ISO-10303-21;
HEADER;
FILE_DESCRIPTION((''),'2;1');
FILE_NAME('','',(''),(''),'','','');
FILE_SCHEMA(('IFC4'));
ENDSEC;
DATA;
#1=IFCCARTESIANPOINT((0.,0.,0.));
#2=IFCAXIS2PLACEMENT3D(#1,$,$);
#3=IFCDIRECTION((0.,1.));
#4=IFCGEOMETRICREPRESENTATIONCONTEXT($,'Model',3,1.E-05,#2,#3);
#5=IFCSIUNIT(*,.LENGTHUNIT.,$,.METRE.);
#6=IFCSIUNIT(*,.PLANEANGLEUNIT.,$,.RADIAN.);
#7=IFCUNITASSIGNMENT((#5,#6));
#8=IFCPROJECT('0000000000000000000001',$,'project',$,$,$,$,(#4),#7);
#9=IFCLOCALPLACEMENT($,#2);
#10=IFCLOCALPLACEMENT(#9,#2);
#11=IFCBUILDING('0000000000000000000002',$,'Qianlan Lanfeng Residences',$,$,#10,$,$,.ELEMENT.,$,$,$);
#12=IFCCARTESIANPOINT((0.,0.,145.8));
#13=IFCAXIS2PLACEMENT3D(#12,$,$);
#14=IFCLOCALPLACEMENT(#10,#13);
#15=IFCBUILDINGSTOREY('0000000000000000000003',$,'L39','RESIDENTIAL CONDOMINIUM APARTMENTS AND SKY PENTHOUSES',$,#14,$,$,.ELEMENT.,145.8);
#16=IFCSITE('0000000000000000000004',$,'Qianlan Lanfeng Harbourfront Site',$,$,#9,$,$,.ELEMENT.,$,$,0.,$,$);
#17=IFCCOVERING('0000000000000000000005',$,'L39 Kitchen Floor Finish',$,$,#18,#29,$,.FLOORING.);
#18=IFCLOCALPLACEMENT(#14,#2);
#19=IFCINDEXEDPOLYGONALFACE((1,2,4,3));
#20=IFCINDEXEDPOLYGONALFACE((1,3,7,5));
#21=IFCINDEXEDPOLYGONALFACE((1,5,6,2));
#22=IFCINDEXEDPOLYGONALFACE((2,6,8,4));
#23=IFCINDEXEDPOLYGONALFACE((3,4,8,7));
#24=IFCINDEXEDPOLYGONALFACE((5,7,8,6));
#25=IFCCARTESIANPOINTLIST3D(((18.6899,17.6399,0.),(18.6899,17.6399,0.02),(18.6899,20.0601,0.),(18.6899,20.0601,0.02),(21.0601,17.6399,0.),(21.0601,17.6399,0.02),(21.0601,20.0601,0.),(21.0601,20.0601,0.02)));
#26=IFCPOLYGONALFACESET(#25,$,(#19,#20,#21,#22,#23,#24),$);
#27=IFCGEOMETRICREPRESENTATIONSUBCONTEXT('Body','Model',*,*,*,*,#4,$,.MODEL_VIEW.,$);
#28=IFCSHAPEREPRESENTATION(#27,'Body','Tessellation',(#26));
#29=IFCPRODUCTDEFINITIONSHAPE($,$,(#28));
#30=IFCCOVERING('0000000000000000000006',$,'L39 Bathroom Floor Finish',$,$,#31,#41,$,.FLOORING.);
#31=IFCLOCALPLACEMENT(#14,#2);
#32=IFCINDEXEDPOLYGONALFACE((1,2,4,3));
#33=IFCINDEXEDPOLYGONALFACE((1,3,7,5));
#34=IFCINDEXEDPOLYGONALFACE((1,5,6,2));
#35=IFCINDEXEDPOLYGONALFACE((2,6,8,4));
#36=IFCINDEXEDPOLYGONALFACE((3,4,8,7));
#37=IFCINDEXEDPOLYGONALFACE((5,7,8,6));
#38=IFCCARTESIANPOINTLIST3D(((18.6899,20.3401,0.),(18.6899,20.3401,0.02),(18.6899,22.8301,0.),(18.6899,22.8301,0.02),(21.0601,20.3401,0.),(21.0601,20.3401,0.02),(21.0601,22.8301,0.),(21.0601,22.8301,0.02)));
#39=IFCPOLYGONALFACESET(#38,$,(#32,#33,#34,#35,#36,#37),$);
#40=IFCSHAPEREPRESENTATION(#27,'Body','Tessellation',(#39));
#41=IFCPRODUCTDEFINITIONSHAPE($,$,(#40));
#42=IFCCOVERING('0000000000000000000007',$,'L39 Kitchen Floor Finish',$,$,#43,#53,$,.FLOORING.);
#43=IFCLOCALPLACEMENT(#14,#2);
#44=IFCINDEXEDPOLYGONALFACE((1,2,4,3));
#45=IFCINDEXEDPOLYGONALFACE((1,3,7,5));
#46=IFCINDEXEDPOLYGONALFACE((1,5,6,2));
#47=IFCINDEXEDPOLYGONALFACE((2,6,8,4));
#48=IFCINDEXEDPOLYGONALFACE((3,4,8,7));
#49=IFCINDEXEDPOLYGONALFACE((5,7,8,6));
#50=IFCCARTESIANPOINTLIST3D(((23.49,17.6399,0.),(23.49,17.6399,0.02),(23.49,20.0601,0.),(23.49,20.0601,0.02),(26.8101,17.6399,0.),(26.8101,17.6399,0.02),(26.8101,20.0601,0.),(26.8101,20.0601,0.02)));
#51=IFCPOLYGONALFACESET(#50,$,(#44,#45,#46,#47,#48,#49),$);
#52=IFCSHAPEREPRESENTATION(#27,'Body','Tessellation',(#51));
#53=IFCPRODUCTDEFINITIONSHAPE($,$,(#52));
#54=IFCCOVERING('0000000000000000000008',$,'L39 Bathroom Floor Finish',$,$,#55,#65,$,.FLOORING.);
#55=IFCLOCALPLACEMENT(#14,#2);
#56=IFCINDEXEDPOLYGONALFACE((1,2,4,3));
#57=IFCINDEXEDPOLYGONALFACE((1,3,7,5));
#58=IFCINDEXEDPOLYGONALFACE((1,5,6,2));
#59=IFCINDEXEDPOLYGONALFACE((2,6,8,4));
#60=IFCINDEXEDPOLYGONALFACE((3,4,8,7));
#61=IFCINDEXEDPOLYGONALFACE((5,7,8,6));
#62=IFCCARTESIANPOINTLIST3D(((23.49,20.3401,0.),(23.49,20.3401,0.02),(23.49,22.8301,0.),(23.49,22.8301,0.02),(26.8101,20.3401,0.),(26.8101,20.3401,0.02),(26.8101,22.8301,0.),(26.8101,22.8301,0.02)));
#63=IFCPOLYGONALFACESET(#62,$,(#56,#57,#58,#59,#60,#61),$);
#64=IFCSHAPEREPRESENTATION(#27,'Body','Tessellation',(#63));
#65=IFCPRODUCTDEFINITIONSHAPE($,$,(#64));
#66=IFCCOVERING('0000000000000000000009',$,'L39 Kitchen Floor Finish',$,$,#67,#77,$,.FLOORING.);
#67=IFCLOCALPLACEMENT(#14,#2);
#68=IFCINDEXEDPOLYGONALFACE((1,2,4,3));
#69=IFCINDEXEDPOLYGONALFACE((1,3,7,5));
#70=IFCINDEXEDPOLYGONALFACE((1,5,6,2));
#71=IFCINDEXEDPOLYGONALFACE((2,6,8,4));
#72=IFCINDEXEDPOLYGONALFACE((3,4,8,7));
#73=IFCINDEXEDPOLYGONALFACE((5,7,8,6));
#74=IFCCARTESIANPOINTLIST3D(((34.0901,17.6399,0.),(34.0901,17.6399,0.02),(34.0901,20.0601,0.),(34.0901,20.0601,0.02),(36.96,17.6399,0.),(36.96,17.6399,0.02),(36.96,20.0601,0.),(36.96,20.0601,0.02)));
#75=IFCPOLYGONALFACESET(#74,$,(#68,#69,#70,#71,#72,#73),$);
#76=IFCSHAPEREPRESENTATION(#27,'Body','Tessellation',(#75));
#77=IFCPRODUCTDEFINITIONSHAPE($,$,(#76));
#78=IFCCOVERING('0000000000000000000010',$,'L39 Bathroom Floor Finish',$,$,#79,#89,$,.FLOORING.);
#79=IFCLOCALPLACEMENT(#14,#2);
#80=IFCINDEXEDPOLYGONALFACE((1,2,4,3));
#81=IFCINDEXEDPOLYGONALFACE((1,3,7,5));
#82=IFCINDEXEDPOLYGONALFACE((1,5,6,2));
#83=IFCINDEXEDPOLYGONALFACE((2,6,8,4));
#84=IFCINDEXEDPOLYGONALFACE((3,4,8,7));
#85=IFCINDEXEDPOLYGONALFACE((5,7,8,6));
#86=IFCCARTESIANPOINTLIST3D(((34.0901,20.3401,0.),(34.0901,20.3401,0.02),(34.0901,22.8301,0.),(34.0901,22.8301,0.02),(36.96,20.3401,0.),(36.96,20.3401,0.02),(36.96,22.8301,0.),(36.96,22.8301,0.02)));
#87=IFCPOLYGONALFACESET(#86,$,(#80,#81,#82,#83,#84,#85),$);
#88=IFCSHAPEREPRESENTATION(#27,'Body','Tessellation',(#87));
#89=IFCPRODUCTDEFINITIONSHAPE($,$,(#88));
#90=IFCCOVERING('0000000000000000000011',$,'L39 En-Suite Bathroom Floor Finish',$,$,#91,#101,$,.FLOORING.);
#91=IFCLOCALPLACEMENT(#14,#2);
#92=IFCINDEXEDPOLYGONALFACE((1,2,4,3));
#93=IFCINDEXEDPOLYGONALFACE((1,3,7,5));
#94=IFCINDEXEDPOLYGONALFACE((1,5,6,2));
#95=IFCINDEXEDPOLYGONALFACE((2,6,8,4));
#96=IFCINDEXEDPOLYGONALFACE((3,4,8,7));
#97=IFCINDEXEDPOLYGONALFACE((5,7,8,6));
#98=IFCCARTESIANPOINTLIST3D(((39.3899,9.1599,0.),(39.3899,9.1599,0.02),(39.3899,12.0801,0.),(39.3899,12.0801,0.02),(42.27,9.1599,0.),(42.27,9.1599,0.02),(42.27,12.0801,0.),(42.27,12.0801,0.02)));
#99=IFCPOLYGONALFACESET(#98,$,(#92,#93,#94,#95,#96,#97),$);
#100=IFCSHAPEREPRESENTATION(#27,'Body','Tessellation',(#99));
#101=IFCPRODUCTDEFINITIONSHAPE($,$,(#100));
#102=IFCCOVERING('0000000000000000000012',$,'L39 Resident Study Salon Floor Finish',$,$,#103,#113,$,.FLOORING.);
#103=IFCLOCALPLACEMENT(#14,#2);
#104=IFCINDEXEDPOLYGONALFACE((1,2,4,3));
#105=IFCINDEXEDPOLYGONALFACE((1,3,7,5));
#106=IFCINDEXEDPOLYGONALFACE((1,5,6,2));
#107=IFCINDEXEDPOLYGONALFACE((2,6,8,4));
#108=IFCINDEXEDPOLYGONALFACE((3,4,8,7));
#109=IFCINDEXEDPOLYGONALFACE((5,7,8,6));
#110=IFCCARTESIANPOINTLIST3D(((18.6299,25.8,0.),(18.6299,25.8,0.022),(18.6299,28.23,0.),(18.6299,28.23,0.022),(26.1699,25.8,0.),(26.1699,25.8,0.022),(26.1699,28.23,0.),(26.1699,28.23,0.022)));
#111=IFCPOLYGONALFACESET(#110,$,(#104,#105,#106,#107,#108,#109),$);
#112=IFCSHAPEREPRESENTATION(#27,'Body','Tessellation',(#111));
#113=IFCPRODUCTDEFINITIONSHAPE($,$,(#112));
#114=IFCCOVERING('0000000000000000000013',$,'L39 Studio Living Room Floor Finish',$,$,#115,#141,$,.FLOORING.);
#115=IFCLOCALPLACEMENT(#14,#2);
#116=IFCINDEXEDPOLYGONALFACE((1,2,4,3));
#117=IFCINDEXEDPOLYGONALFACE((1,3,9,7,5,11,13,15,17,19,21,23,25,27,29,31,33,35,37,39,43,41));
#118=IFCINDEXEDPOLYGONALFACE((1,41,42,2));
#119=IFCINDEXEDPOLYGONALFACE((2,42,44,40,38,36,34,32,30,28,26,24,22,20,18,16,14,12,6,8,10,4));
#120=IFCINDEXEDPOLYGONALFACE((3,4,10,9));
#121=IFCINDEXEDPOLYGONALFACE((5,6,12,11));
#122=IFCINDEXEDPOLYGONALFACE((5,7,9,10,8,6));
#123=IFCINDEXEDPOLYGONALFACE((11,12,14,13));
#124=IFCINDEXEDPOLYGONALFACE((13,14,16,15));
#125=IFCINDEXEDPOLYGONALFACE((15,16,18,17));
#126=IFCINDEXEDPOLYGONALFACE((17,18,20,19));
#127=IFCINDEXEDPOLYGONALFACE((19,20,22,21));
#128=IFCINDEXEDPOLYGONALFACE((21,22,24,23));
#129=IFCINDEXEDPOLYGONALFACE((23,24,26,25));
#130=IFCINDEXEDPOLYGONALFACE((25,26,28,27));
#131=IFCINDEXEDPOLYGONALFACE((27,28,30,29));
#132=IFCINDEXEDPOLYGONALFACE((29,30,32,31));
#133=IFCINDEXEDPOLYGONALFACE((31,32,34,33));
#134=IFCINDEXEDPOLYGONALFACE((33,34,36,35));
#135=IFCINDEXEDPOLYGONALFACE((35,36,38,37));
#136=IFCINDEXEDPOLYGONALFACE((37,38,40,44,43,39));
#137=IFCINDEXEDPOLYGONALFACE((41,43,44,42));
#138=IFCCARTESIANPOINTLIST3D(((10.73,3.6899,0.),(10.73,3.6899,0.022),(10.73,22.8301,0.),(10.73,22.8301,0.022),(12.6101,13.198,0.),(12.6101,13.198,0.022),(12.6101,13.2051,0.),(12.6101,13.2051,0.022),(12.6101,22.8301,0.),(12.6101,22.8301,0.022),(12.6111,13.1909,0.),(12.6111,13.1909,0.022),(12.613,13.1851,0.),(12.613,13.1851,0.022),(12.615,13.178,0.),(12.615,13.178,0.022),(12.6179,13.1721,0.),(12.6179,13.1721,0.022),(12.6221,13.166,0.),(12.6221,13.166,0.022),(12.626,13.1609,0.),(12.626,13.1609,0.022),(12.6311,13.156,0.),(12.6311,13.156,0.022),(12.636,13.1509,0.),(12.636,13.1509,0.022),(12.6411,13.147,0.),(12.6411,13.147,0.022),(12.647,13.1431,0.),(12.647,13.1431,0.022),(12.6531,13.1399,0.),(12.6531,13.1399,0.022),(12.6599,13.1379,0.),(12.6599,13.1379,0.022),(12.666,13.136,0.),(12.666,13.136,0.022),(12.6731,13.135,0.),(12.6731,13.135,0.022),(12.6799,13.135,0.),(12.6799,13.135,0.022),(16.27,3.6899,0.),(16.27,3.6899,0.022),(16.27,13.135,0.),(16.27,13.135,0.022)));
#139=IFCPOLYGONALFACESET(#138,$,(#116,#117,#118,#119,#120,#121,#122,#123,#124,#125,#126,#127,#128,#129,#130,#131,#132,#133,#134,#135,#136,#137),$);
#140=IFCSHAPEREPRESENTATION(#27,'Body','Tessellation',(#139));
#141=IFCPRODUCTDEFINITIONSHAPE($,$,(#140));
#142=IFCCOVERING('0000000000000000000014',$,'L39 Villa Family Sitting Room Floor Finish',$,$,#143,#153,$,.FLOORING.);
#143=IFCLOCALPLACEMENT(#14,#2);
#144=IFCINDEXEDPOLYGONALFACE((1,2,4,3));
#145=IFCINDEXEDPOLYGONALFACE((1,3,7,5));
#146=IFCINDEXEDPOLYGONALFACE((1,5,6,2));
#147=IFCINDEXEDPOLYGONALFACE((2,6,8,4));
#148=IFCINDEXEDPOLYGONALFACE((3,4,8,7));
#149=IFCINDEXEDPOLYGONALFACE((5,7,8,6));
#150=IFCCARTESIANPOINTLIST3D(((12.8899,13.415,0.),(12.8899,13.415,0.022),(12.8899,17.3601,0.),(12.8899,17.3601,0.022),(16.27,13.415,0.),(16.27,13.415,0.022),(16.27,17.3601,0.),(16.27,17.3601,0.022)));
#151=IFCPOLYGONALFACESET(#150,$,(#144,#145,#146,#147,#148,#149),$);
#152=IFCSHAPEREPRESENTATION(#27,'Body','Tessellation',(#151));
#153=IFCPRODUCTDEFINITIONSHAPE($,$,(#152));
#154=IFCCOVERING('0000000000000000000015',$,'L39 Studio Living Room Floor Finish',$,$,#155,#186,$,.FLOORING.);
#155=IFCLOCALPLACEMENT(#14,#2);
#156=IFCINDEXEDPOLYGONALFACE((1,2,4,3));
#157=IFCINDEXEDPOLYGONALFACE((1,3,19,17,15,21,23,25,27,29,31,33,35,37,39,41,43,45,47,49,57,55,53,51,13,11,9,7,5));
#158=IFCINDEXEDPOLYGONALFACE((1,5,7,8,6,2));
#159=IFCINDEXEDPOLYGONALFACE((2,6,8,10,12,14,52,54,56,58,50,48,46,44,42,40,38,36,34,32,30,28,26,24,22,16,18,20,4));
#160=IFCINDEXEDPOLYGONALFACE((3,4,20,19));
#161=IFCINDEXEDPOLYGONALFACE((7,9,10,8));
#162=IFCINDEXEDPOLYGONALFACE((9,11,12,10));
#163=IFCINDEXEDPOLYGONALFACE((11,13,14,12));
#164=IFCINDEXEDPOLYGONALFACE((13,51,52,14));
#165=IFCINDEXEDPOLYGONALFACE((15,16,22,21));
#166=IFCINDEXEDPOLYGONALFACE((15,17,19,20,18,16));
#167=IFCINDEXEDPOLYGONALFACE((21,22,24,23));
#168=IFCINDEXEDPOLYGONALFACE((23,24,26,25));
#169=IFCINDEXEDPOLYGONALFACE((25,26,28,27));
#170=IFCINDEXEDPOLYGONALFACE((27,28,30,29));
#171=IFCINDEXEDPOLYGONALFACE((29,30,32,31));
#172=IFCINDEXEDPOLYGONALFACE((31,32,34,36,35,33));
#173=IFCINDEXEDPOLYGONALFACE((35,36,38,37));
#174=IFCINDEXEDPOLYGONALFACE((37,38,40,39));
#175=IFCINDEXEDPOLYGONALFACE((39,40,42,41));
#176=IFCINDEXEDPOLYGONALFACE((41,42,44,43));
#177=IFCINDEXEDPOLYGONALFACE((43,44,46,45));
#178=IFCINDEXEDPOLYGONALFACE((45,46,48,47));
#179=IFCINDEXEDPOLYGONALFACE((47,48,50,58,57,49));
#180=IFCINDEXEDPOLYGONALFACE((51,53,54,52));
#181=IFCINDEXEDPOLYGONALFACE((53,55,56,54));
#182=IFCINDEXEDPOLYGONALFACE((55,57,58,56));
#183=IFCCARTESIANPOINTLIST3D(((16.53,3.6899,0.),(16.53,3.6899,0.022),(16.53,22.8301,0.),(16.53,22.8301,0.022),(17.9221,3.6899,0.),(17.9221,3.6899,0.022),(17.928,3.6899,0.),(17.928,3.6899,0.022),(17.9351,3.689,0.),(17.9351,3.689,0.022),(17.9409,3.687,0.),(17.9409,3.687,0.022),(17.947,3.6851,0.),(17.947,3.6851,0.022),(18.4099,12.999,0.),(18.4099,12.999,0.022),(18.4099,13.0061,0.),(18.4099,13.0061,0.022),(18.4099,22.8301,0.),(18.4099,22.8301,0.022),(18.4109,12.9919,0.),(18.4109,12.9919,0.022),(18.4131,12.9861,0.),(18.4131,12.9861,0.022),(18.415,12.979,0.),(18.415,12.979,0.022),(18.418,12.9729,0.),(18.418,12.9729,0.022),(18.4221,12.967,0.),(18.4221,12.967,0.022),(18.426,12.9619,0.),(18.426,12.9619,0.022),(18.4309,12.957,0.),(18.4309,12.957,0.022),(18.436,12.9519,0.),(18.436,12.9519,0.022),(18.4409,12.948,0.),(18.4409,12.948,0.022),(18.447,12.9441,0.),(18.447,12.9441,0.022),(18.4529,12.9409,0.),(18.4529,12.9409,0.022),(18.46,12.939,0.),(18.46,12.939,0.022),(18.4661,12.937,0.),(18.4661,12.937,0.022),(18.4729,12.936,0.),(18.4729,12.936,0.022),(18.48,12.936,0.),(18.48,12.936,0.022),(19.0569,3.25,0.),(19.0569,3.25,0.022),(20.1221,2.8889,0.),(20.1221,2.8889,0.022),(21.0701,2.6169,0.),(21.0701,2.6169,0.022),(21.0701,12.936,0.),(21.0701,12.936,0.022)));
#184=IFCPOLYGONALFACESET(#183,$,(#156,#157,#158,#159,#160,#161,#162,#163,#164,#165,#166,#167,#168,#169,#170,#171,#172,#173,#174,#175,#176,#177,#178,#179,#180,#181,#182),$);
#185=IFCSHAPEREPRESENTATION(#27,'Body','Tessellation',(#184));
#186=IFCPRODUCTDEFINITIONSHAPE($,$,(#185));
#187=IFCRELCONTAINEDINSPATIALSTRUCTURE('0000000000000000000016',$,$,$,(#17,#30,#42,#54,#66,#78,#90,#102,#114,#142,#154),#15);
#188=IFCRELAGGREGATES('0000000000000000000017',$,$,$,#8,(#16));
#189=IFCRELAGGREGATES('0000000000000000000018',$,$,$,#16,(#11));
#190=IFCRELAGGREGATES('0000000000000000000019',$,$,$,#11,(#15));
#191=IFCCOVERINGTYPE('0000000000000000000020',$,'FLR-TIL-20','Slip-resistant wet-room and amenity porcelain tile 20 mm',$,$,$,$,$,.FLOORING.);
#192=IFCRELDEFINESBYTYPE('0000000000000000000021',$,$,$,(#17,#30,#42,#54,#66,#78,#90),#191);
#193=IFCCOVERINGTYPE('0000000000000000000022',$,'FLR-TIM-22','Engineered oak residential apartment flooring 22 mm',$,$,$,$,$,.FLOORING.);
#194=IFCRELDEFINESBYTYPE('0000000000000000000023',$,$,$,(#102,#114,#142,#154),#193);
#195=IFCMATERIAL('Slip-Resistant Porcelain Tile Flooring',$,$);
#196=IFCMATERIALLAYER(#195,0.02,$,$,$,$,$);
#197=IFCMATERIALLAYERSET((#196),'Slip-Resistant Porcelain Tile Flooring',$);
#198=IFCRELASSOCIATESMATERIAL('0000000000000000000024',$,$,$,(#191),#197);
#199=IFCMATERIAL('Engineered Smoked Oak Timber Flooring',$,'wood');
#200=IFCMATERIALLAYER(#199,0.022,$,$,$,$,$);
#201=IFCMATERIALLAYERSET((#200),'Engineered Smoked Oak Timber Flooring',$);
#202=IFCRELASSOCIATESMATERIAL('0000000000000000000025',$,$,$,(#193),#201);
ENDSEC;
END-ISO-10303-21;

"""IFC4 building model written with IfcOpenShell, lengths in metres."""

from ifc_helpers import new_model, si_unit, direction, frame, origin, place, context, subcontext, project, spatial, polyline, outline, extrude, material, layer, layer_set, type_object, element, save


model = new_model("IFC4")

# Units and contexts
model_context = context("Model", 3, precision=1e-05, world=origin(), true_north=direction((0.0, 1.0)))
body_context = subcontext(model_context, "Body", "Model", "MODEL_VIEW")
ifc_project = project(units=[si_unit("LENGTHUNIT", "METRE"), si_unit("PLANEANGLEUNIT", "RADIAN")], contexts=[model_context])

# Site, building, storey
site_placement = place(None, origin())
site = spatial("IfcSite", under=ifc_project, at=site_placement, Name="Qianlan Lanfeng Harbourfront Site", CompositionType="ELEMENT", RefElevation=0.0)
building_placement = place(site_placement, origin())
building = spatial("IfcBuilding", under=site, at=building_placement, Name="Qianlan Lanfeng Residences", CompositionType="ELEMENT")
storey_placement = place(building_placement, frame((0.0, 0.0, 145.8)))
storey = spatial("IfcBuildingStorey", under=building, at=storey_placement, Name="L39", Description="RESIDENTIAL CONDOMINIUM APARTMENTS AND SKY PENTHOUSES", CompositionType="ELEMENT", Elevation=145.8)

# Coverings
ifc_material_1 = material(Name="Slip-Resistant Porcelain Tile Flooring")
ifc_layer_1 = layer(ifc_material_1, 0.02)
ifc_layer_set_1 = layer_set([ifc_layer_1], Name="Slip-Resistant Porcelain Tile Flooring")
covering_type_1 = type_object("IfcCoveringType", Name="FLR-TIL-20", Description="Slip-resistant wet-room and amenity porcelain tile 20 mm", PredefinedType="FLOORING", material=ifc_layer_set_1)
covering_1_placement = place(storey_placement, origin())
element("IfcCovering", 1, at=covering_1_placement, inside=storey, type_object=covering_type_1, Name="L39 Kitchen Floor Finish", PredefinedType="FLOORING", context=body_context, shape_type="SweptSolid", body=[
    extrude(outline(polyline([(18.6899, 17.6399), (21.0601, 17.6399), (21.0601, 20.0601), (18.6899, 20.0601), (18.6899, 17.6399)])), origin(), (0.0, 0.0, 1.0), 0.02),
])
covering_2_placement = place(storey_placement, origin())
element("IfcCovering", 2, at=covering_2_placement, inside=storey, type_object=covering_type_1, Name="L39 Bathroom Floor Finish", PredefinedType="FLOORING", context=body_context, shape_type="SweptSolid", body=[
    extrude(outline(polyline([(18.6899, 20.3401), (21.0601, 20.3401), (21.0601, 22.8301), (18.6899, 22.8301), (18.6899, 20.3401)])), origin(), (0.0, 0.0, 1.0), 0.02),
])
covering_3_placement = place(storey_placement, origin())
element("IfcCovering", 3, at=covering_3_placement, inside=storey, type_object=covering_type_1, Name="L39 Kitchen Floor Finish", PredefinedType="FLOORING", context=body_context, shape_type="SweptSolid", body=[
    extrude(outline(polyline([(23.49, 17.6399), (26.8101, 17.6399), (26.8101, 20.0601), (23.49, 20.0601), (23.49, 17.6399)])), origin(), (0.0, 0.0, 1.0), 0.02),
])
covering_4_placement = place(storey_placement, origin())
element("IfcCovering", 4, at=covering_4_placement, inside=storey, type_object=covering_type_1, Name="L39 Bathroom Floor Finish", PredefinedType="FLOORING", context=body_context, shape_type="SweptSolid", body=[
    extrude(outline(polyline([(23.49, 20.3401), (26.8101, 20.3401), (26.8101, 22.8301), (23.49, 22.8301), (23.49, 20.3401)])), origin(), (0.0, 0.0, 1.0), 0.02),
])
covering_5_placement = place(storey_placement, origin())
element("IfcCovering", 5, at=covering_5_placement, inside=storey, type_object=covering_type_1, Name="L39 Kitchen Floor Finish", PredefinedType="FLOORING", context=body_context, shape_type="SweptSolid", body=[
    extrude(outline(polyline([(34.0901, 17.6399), (36.96, 17.6399), (36.96, 20.0601), (34.0901, 20.0601), (34.0901, 17.6399)])), origin(), (0.0, 0.0, 1.0), 0.02),
])
covering_6_placement = place(storey_placement, origin())
element("IfcCovering", 6, at=covering_6_placement, inside=storey, type_object=covering_type_1, Name="L39 Bathroom Floor Finish", PredefinedType="FLOORING", context=body_context, shape_type="SweptSolid", body=[
    extrude(outline(polyline([(34.0901, 20.3401), (36.96, 20.3401), (36.96, 22.8301), (34.0901, 22.8301), (34.0901, 20.3401)])), origin(), (0.0, 0.0, 1.0), 0.02),
])
covering_7_placement = place(storey_placement, origin())
element("IfcCovering", 7, at=covering_7_placement, inside=storey, type_object=covering_type_1, Name="L39 En-Suite Bathroom Floor Finish", PredefinedType="FLOORING", context=body_context, shape_type="SweptSolid", body=[
    extrude(outline(polyline([(39.3899, 9.1599), (42.27, 9.1599), (42.27, 12.0801), (39.3899, 12.0801), (39.3899, 9.1599)])), origin(), (0.0, 0.0, 1.0), 0.02),
])
ifc_material_2 = material(Name="Engineered Smoked Oak Timber Flooring", Category="wood")
ifc_layer_2 = layer(ifc_material_2, 0.022)
ifc_layer_set_2 = layer_set([ifc_layer_2], Name="Engineered Smoked Oak Timber Flooring")
covering_type_2 = type_object("IfcCoveringType", Name="FLR-TIM-22", Description="Engineered oak residential apartment flooring 22 mm", PredefinedType="FLOORING", material=ifc_layer_set_2)
covering_8_placement = place(storey_placement, origin())
element("IfcCovering", 8, at=covering_8_placement, inside=storey, type_object=covering_type_2, Name="L39 Resident Study Salon Floor Finish", PredefinedType="FLOORING", context=body_context, shape_type="SweptSolid", body=[
    extrude(outline(polyline([(18.6299, 25.8), (26.1699, 25.8), (26.1699, 28.23), (18.6299, 28.23), (18.6299, 25.8)])), origin(), (0.0, 0.0, 1.0), 0.022),
])
covering_9_placement = place(storey_placement, origin())
element("IfcCovering", 9, at=covering_9_placement, inside=storey, type_object=covering_type_2, Name="L39 Studio Living Room Floor Finish", PredefinedType="FLOORING", context=body_context, shape_type="SweptSolid", body=[
    extrude(outline(polyline([(16.27, 3.6899), (16.27, 13.135), (12.6799, 13.135), (12.6731, 13.135), (12.666, 13.136), (12.6599, 13.1379), (12.6531, 13.1399), (12.647, 13.1431), (12.6411, 13.147), (12.636, 13.1509), (12.6311, 13.156), (12.626, 13.1609), (12.6221, 13.166), (12.6179, 13.1721), (12.615, 13.178), (12.613, 13.1851), (12.6111, 13.1909), (12.6101, 13.198), (12.6101, 13.2051), (12.6101, 22.8301), (10.73, 22.8301), (10.73, 3.6899), (16.27, 3.6899)])), origin(), (0.0, 0.0, 1.0), 0.022),
])
covering_10_placement = place(storey_placement, origin())
element("IfcCovering", 10, at=covering_10_placement, inside=storey, type_object=covering_type_2, Name="L39 Villa Family Sitting Room Floor Finish", PredefinedType="FLOORING", context=body_context, shape_type="SweptSolid", body=[
    extrude(outline(polyline([(12.8899, 17.3601), (12.8899, 13.415), (16.27, 13.415), (16.27, 17.3601), (12.8899, 17.3601)])), origin(), (0.0, 0.0, 1.0), 0.022),
])
covering_11_placement = place(storey_placement, origin())
element("IfcCovering", 11, at=covering_11_placement, inside=storey, type_object=covering_type_2, Name="L39 Studio Living Room Floor Finish", PredefinedType="FLOORING", context=body_context, shape_type="SweptSolid", body=[
    extrude(outline(polyline([(21.0701, 2.6169), (21.0701, 12.936), (18.48, 12.936), (18.4729, 12.936), (18.4661, 12.937), (18.46, 12.939), (18.4529, 12.9409), (18.447, 12.9441), (18.4409, 12.948), (18.436, 12.9519), (18.4309, 12.957), (18.426, 12.9619), (18.4221, 12.967), (18.418, 12.9729), (18.415, 12.979), (18.4131, 12.9861), (18.4109, 12.9919), (18.4099, 12.999), (18.4099, 13.0061), (18.4099, 22.8301), (16.53, 22.8301), (16.53, 3.6899), (17.9221, 3.6899), (17.928, 3.6899), (17.9351, 3.689), (17.9409, 3.687), (17.947, 3.6851), (19.0569, 3.25), (20.1221, 2.8889), (21.0701, 2.6169)])), origin(), (0.0, 0.0, 1.0), 0.022),
])

save(model, "model.ifc")
